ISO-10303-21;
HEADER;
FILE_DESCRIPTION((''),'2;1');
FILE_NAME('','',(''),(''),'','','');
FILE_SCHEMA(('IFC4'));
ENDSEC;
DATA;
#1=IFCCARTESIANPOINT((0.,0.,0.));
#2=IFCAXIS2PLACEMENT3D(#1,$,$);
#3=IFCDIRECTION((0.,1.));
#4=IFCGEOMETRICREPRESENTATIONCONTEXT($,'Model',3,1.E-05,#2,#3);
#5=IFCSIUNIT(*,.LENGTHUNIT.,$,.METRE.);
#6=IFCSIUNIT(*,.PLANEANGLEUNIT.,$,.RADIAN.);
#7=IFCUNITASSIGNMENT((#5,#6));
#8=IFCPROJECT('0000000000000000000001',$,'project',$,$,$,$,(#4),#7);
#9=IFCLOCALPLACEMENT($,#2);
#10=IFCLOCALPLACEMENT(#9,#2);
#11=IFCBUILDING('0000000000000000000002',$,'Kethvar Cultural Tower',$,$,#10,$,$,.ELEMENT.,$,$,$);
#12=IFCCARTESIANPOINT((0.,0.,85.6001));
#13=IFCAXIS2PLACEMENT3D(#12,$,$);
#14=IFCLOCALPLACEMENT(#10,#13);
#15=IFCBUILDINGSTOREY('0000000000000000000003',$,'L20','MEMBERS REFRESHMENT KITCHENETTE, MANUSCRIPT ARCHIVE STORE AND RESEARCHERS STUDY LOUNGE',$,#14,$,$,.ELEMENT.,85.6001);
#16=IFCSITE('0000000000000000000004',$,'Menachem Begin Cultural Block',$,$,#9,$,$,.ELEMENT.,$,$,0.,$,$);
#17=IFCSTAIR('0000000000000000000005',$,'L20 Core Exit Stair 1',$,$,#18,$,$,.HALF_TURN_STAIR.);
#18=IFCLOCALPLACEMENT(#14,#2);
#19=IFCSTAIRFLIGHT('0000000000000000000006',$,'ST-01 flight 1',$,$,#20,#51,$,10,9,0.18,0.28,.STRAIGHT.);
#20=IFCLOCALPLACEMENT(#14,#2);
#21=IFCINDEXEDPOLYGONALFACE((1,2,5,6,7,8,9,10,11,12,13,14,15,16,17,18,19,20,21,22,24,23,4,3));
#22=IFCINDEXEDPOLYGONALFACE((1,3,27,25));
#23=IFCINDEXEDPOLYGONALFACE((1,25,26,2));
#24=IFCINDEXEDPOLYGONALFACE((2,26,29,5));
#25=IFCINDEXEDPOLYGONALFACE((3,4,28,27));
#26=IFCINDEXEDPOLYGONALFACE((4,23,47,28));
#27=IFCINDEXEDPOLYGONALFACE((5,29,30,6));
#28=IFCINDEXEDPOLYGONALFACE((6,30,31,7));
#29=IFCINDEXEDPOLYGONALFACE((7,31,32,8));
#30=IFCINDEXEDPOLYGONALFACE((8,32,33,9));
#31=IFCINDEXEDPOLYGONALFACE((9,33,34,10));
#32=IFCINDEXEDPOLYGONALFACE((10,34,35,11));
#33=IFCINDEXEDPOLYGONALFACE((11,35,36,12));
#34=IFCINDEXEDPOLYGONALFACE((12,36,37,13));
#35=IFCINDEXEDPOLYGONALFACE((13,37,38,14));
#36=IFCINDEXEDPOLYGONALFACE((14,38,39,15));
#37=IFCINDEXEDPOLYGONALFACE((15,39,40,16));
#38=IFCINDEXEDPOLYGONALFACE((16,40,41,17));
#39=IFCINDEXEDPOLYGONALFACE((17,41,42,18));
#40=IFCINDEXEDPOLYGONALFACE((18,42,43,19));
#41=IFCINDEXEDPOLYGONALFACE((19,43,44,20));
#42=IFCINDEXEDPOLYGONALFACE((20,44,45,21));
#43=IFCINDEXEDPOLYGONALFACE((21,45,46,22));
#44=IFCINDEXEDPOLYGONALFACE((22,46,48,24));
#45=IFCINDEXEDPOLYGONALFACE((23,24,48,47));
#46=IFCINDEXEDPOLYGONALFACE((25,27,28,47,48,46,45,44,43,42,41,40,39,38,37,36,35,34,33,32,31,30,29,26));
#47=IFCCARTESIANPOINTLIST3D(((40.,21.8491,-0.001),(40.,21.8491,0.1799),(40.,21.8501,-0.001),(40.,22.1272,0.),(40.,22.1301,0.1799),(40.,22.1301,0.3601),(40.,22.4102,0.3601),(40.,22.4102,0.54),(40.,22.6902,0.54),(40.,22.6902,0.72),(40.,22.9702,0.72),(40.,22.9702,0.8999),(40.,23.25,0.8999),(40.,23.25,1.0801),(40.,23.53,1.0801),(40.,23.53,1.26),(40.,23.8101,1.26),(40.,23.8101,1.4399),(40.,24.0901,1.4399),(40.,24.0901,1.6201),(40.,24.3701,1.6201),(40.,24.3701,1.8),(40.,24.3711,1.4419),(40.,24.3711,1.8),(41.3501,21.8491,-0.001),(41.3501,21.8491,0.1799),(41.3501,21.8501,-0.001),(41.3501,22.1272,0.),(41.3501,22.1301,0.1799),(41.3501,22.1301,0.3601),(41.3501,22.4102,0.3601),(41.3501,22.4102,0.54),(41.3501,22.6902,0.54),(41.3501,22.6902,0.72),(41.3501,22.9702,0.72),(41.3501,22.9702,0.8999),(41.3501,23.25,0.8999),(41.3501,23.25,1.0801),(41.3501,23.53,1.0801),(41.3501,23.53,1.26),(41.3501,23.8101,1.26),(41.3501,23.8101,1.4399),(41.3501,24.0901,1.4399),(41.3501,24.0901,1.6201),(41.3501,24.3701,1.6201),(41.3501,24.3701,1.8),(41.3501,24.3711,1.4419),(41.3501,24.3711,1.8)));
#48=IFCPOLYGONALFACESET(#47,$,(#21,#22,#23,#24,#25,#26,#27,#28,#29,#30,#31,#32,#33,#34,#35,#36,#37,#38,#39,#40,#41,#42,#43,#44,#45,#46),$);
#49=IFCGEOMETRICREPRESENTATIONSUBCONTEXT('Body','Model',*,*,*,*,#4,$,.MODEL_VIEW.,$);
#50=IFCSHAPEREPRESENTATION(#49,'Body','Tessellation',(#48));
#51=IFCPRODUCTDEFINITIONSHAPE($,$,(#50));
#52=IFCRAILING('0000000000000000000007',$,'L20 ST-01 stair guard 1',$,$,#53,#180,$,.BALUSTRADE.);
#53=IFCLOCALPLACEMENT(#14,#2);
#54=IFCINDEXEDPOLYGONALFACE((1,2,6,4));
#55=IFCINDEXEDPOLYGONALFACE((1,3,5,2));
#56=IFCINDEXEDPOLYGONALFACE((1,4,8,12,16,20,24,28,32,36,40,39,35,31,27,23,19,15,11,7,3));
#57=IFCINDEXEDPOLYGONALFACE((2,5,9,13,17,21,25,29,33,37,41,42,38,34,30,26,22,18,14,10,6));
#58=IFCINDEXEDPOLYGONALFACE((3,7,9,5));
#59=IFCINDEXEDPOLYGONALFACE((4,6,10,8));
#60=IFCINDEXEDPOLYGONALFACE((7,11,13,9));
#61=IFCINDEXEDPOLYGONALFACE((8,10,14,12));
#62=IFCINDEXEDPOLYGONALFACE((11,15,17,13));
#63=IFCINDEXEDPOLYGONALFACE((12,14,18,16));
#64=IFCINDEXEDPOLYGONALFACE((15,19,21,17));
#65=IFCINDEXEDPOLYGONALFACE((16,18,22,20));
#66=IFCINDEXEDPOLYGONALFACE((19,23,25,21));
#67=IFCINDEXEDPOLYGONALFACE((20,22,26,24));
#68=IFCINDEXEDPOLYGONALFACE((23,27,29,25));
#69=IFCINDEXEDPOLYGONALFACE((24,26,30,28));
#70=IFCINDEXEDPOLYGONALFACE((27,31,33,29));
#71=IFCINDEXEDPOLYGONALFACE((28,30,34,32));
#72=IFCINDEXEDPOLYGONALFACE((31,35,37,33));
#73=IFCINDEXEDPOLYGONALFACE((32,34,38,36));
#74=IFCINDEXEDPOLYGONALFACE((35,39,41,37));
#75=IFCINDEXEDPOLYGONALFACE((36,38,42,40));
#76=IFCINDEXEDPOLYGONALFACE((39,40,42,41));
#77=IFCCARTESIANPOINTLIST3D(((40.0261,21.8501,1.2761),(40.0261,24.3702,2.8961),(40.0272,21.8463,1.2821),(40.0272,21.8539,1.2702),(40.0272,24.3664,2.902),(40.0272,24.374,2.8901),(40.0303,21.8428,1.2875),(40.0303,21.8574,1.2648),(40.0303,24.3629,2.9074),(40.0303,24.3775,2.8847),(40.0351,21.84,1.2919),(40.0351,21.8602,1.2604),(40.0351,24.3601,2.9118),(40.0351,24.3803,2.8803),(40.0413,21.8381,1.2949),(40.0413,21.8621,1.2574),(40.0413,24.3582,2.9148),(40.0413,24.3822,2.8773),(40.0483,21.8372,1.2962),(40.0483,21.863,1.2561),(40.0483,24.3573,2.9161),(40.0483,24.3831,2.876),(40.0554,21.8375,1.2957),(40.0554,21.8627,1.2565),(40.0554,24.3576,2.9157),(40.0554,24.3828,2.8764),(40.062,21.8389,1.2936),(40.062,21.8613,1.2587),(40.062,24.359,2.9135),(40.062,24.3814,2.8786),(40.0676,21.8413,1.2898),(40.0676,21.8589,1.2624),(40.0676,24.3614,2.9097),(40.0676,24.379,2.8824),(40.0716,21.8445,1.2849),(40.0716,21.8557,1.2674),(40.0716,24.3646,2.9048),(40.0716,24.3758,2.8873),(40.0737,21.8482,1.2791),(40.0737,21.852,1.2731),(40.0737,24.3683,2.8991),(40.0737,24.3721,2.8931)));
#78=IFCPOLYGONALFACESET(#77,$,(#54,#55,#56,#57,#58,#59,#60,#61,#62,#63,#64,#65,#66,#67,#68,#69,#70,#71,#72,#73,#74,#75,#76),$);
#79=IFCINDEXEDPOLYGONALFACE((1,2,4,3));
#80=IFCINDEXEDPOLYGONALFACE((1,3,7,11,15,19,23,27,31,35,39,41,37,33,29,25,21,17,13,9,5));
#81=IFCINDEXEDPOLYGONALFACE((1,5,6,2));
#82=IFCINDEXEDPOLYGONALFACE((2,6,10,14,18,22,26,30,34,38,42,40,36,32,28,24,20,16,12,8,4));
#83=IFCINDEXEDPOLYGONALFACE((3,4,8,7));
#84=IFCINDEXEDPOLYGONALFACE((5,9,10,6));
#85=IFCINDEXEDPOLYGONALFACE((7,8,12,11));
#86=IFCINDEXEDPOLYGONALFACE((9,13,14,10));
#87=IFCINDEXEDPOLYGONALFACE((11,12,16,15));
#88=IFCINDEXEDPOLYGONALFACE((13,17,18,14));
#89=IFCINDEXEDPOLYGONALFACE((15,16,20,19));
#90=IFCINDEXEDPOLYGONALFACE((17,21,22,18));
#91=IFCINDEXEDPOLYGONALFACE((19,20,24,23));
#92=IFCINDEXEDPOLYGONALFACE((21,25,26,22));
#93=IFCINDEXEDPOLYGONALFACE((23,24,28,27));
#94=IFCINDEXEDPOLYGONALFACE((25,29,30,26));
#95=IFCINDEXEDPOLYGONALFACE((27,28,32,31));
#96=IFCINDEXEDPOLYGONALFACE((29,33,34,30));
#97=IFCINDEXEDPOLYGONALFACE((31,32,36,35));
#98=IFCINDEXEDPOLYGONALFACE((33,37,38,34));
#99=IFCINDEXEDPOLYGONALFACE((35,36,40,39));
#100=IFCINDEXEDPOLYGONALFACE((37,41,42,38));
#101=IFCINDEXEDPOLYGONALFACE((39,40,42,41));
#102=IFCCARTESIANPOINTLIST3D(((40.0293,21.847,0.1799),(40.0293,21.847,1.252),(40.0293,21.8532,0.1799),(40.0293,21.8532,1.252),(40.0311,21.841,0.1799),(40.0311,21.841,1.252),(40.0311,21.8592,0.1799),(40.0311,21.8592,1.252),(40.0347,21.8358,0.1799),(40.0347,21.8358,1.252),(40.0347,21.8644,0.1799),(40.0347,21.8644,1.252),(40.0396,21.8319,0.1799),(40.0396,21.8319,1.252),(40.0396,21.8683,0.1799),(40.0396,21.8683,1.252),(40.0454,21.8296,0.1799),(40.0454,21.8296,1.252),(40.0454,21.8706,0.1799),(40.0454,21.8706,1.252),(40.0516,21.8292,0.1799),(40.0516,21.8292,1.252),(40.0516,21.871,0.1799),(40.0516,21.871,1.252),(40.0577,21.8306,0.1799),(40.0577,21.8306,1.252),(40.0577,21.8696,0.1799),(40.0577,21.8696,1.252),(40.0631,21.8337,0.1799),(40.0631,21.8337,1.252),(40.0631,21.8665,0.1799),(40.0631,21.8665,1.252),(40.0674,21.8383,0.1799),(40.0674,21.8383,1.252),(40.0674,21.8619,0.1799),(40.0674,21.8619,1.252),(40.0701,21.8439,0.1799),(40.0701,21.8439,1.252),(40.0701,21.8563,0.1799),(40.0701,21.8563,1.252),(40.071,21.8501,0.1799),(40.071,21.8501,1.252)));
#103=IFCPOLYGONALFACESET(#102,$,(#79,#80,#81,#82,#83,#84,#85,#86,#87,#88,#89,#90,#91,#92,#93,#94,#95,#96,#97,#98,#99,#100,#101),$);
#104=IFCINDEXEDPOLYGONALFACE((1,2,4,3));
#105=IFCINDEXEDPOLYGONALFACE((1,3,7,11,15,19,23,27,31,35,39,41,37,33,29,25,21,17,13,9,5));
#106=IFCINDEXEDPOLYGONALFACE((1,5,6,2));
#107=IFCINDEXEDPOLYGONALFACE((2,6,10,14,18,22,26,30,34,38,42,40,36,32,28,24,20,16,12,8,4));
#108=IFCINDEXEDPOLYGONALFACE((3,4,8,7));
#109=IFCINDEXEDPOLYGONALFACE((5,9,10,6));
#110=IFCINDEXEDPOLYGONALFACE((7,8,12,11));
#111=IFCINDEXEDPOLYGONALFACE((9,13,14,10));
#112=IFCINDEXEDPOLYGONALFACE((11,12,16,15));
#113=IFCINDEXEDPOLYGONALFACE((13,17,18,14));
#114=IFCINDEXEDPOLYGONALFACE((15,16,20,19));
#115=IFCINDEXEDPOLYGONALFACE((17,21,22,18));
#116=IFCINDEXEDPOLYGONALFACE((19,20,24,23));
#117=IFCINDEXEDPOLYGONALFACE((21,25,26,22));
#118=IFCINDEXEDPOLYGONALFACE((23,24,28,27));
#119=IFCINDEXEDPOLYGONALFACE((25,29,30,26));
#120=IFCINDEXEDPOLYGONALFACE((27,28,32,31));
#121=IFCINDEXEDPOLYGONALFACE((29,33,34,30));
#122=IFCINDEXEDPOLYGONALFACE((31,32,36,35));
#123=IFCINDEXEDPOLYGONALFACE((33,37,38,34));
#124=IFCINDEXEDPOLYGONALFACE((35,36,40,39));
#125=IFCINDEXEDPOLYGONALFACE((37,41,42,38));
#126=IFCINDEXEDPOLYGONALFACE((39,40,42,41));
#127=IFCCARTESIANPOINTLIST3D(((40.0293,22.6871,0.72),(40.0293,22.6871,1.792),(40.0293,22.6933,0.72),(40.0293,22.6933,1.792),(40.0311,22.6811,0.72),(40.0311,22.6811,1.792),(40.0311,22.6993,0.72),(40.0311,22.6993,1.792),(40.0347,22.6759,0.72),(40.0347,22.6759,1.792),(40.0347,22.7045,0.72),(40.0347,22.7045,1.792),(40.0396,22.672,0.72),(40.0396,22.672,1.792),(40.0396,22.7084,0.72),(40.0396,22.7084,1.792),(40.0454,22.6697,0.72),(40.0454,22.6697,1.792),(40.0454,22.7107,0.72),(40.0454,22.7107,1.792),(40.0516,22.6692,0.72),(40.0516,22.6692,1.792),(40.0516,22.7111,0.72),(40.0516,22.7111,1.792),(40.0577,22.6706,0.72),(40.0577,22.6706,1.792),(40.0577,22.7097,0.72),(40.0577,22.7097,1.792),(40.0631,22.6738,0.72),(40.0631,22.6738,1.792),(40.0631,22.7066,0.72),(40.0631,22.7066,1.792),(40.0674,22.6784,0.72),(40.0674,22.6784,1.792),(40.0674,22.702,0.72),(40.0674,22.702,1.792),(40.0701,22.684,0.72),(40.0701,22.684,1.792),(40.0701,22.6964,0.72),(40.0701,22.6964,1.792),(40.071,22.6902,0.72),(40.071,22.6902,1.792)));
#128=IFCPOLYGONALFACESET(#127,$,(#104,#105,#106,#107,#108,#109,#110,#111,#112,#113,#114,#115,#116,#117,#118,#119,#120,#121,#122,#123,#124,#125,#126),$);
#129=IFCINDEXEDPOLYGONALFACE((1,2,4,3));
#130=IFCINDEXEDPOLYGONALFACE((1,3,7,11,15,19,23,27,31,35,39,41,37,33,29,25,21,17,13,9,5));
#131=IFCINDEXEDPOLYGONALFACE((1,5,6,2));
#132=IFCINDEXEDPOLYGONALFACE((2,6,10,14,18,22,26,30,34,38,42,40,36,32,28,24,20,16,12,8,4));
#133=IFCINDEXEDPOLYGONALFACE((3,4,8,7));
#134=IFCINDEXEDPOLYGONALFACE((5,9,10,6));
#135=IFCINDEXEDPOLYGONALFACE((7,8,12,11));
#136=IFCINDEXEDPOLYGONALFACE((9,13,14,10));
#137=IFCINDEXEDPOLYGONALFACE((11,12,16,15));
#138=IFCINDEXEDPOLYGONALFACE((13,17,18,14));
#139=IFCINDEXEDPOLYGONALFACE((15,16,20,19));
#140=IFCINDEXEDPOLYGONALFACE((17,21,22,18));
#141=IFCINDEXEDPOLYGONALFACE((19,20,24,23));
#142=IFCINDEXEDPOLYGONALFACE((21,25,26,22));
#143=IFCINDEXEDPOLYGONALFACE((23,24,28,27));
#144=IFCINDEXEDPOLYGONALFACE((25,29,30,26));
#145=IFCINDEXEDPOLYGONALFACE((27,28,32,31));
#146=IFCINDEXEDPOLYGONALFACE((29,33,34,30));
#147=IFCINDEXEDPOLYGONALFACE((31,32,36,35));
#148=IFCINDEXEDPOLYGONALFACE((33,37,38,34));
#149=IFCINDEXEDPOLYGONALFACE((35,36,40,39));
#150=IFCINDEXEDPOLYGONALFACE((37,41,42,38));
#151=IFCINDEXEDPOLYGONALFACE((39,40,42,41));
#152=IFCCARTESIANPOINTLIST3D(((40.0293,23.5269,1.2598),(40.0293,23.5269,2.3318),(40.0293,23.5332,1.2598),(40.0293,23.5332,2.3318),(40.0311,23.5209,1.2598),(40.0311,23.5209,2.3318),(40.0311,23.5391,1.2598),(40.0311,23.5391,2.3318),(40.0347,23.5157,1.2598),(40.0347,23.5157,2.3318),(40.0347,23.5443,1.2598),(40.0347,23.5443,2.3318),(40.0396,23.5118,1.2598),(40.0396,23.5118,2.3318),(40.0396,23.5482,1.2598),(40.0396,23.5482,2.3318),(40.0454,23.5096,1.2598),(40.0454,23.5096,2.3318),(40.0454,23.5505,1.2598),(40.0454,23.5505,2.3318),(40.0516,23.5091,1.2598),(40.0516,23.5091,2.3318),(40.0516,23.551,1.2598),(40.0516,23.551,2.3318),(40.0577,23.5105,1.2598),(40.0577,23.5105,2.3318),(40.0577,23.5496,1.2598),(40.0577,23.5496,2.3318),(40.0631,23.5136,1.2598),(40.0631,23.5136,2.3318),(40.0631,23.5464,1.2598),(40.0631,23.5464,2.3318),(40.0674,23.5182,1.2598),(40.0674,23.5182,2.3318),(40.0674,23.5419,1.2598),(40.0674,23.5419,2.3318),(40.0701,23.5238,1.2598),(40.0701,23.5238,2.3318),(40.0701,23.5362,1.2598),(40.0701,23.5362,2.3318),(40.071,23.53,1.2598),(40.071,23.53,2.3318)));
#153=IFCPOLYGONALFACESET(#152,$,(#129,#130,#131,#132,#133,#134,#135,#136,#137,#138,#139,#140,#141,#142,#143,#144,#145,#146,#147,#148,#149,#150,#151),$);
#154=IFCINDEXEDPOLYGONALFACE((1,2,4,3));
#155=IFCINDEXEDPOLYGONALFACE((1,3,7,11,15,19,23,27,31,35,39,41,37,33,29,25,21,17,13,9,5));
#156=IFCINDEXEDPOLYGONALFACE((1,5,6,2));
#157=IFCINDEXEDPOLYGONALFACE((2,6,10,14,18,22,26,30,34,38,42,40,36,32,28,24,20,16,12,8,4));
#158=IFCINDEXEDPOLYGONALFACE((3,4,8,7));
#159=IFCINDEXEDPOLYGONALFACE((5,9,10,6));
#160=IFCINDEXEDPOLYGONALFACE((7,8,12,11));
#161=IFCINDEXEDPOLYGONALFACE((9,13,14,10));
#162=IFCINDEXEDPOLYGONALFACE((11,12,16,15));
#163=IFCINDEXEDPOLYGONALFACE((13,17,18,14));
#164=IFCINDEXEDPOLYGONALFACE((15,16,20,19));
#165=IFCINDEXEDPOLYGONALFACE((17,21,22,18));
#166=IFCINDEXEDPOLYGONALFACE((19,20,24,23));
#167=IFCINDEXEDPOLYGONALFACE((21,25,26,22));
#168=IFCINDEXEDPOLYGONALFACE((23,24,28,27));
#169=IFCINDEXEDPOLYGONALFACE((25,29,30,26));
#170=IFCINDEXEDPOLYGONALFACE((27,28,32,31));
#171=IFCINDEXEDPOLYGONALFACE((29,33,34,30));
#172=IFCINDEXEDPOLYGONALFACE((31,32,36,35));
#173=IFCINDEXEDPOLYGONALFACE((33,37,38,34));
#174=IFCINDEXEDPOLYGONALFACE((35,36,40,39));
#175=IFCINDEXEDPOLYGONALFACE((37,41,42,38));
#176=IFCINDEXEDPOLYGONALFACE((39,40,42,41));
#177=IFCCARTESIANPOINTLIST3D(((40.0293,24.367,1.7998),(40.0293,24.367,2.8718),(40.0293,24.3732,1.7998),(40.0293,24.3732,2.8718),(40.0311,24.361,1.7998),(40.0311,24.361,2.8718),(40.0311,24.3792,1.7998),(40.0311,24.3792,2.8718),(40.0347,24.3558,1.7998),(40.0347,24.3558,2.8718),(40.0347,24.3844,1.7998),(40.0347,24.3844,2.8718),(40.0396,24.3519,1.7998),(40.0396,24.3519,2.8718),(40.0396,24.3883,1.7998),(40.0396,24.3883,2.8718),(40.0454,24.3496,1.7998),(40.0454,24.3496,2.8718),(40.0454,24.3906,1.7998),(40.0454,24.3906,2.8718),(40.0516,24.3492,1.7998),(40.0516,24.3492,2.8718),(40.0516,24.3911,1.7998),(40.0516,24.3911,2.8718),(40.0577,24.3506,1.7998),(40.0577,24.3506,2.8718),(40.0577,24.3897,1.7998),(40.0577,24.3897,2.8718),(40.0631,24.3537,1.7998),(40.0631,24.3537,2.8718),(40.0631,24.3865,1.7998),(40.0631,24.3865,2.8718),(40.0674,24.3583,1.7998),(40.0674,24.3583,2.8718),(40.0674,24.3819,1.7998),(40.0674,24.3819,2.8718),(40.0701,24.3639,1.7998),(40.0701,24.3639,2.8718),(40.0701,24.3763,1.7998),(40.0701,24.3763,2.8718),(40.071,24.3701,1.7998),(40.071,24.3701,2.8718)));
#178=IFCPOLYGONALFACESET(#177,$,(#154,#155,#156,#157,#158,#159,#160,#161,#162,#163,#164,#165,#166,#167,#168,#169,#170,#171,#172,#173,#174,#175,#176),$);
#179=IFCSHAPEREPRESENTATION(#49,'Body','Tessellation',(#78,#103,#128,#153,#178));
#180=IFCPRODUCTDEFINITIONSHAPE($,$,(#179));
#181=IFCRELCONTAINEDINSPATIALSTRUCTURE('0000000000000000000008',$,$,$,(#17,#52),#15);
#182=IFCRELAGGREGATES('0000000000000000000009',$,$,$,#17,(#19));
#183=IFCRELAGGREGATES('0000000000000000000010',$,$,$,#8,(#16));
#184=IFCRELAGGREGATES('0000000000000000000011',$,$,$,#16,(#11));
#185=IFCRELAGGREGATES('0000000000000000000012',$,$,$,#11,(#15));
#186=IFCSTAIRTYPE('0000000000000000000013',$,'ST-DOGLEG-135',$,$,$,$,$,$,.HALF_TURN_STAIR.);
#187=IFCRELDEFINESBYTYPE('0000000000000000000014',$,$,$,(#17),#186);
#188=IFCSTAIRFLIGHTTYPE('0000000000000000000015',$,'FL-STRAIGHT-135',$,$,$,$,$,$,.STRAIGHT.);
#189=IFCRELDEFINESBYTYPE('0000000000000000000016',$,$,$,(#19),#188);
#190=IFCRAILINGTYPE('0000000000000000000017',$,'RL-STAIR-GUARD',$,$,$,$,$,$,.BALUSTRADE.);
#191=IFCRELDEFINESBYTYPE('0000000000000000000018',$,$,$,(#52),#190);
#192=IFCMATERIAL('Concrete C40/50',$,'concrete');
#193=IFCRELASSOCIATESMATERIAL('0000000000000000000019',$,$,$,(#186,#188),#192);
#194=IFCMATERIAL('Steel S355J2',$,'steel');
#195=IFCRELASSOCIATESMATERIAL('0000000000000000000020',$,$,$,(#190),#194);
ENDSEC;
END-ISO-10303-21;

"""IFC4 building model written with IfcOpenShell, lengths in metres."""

from ifc_helpers import new_model, si_unit, direction, frame, origin, origin_2d, place, context, subcontext, project, spatial, polyline, circle, outline, extrude, material, type_object, element, aggregate, save


model = new_model("IFC4")

# Units and contexts
model_context = context("Model", 3, precision=1e-05, world=origin(), true_north=direction((0.0, 1.0)))
body_context = subcontext(model_context, "Body", "Model", "MODEL_VIEW")
ifc_project = project(units=[si_unit("LENGTHUNIT", "METRE"), si_unit("PLANEANGLEUNIT", "RADIAN")], contexts=[model_context])

# Site, building, storey
site_placement = place(None, origin())
site = spatial("IfcSite", under=ifc_project, at=site_placement, Name="Menachem Begin Cultural Block", CompositionType="ELEMENT", RefElevation=0.0)
building_placement = place(site_placement, origin())
building = spatial("IfcBuilding", under=site, at=building_placement, Name="Kethvar Cultural Tower", CompositionType="ELEMENT")
storey_placement = place(building_placement, frame((0.0, 0.0, 85.6001)))
storey = spatial("IfcBuildingStorey", under=building, at=storey_placement, Name="L20", Description="MEMBERS REFRESHMENT KITCHENETTE, MANUSCRIPT ARCHIVE STORE AND RESEARCHERS STUDY LOUNGE", CompositionType="ELEMENT", Elevation=85.6001)

# Shared definitions
ifc_material_1 = material(Name="Steel S355J2", Category="steel")

# Stair, stair flight
ifc_material_2 = material(Name="Concrete C40/50", Category="concrete")
stair_type = type_object("IfcStairType", Name="ST-DOGLEG-135", PredefinedType="HALF_TURN_STAIR", material=ifc_material_2)
stair_placement = place(storey_placement, origin())
stair = element("IfcStair", 1, at=stair_placement, inside=storey, type_object=stair_type, Name="L20 Core Exit Stair 1", PredefinedType="HALF_TURN_STAIR")
stair_flight_type = type_object("IfcStairFlightType", Name="FL-STRAIGHT-135", PredefinedType="STRAIGHT", material=ifc_material_2)
stair_flight_placement = place(storey_placement, frame((40.675, 21.8501, 0.0), z_axis=(0.0, 0.0, 1.0), x_axis=(0.0, 1.0, 0.0)))
stair_flight = element("IfcStairFlight", 2, at=stair_flight_placement, type_object=stair_flight_type, Name="ST-01 flight 1", NumberOfRisers=10, NumberOfTreads=9, PredefinedType="STRAIGHT", RiserHeight=0.18, TreadLength=0.28, context=body_context, shape_type="SweptSolid", body=[
    extrude(outline(polyline([(-0.001, -0.001), (-0.001, 0.1799), (0.28, 0.1799), (0.28, 0.3601), (0.5601, 0.3601), (0.5601, 0.54), (0.8401, 0.54), (0.8401, 0.72), (1.1201, 0.72), (1.1201, 0.8999), (1.3999, 0.8999), (1.3999, 1.0801), (1.6799, 1.0801), (1.6799, 1.26), (1.96, 1.26), (1.96, 1.4399), (2.24, 1.4399), (2.24, 1.6201), (2.52, 1.6201), (2.52, 1.8), (2.521, 1.8), (2.521, 1.4419), (0.2771, 0.0), (0.0, -0.001), (-0.001, -0.001)])), frame((0.0, 0.675, 0.0), z_axis=(0.0, -1.0, 0.0), x_axis=(1.0, 0.0, 0.0)), (0.0, 0.0, 1.0), 1.3501),
])
aggregate(stair, [stair_flight])

# Railing
railing_type_1 = type_object("IfcRailingType", Name="RL-STAIR-GUARD", PredefinedType="BALUSTRADE", material=ifc_material_1)
railing_1_placement = place(storey_placement, frame((40.05, 21.8501, 0.1799)))
element("IfcRailing", 3, at=railing_1_placement, inside=storey, type_object=railing_type_1, Name="L20 ST-01 stair guard 1", PredefinedType="BALUSTRADE", context=body_context, shape_type="SweptSolid", body=[
    extrude(circle(Radius=0.0239, at=origin_2d()), frame((0.0, 0.0, 1.0962), z_axis=(0.0, 0.8412, 0.540725), x_axis=(-1.0, 0.0, 0.0)), (0.0, 0.0, 1.0), 2.9958),
    extrude(circle(Radius=0.021, at=origin_2d()), origin(), (0.0, 0.0, 1.0), 1.072),
    extrude(circle(Radius=0.021, at=origin_2d()), frame((0.0, 0.8401, 0.54)), (0.0, 0.0, 1.0), 1.072),
    extrude(circle(Radius=0.021, at=origin_2d()), frame((0.0, 1.6799, 1.0798)), (0.0, 0.0, 1.0), 1.072),
    extrude(circle(Radius=0.021, at=origin_2d()), frame((0.0, 2.52, 1.6199)), (0.0, 0.0, 1.0), 1.072),
])

save(model, "model.ifc")
